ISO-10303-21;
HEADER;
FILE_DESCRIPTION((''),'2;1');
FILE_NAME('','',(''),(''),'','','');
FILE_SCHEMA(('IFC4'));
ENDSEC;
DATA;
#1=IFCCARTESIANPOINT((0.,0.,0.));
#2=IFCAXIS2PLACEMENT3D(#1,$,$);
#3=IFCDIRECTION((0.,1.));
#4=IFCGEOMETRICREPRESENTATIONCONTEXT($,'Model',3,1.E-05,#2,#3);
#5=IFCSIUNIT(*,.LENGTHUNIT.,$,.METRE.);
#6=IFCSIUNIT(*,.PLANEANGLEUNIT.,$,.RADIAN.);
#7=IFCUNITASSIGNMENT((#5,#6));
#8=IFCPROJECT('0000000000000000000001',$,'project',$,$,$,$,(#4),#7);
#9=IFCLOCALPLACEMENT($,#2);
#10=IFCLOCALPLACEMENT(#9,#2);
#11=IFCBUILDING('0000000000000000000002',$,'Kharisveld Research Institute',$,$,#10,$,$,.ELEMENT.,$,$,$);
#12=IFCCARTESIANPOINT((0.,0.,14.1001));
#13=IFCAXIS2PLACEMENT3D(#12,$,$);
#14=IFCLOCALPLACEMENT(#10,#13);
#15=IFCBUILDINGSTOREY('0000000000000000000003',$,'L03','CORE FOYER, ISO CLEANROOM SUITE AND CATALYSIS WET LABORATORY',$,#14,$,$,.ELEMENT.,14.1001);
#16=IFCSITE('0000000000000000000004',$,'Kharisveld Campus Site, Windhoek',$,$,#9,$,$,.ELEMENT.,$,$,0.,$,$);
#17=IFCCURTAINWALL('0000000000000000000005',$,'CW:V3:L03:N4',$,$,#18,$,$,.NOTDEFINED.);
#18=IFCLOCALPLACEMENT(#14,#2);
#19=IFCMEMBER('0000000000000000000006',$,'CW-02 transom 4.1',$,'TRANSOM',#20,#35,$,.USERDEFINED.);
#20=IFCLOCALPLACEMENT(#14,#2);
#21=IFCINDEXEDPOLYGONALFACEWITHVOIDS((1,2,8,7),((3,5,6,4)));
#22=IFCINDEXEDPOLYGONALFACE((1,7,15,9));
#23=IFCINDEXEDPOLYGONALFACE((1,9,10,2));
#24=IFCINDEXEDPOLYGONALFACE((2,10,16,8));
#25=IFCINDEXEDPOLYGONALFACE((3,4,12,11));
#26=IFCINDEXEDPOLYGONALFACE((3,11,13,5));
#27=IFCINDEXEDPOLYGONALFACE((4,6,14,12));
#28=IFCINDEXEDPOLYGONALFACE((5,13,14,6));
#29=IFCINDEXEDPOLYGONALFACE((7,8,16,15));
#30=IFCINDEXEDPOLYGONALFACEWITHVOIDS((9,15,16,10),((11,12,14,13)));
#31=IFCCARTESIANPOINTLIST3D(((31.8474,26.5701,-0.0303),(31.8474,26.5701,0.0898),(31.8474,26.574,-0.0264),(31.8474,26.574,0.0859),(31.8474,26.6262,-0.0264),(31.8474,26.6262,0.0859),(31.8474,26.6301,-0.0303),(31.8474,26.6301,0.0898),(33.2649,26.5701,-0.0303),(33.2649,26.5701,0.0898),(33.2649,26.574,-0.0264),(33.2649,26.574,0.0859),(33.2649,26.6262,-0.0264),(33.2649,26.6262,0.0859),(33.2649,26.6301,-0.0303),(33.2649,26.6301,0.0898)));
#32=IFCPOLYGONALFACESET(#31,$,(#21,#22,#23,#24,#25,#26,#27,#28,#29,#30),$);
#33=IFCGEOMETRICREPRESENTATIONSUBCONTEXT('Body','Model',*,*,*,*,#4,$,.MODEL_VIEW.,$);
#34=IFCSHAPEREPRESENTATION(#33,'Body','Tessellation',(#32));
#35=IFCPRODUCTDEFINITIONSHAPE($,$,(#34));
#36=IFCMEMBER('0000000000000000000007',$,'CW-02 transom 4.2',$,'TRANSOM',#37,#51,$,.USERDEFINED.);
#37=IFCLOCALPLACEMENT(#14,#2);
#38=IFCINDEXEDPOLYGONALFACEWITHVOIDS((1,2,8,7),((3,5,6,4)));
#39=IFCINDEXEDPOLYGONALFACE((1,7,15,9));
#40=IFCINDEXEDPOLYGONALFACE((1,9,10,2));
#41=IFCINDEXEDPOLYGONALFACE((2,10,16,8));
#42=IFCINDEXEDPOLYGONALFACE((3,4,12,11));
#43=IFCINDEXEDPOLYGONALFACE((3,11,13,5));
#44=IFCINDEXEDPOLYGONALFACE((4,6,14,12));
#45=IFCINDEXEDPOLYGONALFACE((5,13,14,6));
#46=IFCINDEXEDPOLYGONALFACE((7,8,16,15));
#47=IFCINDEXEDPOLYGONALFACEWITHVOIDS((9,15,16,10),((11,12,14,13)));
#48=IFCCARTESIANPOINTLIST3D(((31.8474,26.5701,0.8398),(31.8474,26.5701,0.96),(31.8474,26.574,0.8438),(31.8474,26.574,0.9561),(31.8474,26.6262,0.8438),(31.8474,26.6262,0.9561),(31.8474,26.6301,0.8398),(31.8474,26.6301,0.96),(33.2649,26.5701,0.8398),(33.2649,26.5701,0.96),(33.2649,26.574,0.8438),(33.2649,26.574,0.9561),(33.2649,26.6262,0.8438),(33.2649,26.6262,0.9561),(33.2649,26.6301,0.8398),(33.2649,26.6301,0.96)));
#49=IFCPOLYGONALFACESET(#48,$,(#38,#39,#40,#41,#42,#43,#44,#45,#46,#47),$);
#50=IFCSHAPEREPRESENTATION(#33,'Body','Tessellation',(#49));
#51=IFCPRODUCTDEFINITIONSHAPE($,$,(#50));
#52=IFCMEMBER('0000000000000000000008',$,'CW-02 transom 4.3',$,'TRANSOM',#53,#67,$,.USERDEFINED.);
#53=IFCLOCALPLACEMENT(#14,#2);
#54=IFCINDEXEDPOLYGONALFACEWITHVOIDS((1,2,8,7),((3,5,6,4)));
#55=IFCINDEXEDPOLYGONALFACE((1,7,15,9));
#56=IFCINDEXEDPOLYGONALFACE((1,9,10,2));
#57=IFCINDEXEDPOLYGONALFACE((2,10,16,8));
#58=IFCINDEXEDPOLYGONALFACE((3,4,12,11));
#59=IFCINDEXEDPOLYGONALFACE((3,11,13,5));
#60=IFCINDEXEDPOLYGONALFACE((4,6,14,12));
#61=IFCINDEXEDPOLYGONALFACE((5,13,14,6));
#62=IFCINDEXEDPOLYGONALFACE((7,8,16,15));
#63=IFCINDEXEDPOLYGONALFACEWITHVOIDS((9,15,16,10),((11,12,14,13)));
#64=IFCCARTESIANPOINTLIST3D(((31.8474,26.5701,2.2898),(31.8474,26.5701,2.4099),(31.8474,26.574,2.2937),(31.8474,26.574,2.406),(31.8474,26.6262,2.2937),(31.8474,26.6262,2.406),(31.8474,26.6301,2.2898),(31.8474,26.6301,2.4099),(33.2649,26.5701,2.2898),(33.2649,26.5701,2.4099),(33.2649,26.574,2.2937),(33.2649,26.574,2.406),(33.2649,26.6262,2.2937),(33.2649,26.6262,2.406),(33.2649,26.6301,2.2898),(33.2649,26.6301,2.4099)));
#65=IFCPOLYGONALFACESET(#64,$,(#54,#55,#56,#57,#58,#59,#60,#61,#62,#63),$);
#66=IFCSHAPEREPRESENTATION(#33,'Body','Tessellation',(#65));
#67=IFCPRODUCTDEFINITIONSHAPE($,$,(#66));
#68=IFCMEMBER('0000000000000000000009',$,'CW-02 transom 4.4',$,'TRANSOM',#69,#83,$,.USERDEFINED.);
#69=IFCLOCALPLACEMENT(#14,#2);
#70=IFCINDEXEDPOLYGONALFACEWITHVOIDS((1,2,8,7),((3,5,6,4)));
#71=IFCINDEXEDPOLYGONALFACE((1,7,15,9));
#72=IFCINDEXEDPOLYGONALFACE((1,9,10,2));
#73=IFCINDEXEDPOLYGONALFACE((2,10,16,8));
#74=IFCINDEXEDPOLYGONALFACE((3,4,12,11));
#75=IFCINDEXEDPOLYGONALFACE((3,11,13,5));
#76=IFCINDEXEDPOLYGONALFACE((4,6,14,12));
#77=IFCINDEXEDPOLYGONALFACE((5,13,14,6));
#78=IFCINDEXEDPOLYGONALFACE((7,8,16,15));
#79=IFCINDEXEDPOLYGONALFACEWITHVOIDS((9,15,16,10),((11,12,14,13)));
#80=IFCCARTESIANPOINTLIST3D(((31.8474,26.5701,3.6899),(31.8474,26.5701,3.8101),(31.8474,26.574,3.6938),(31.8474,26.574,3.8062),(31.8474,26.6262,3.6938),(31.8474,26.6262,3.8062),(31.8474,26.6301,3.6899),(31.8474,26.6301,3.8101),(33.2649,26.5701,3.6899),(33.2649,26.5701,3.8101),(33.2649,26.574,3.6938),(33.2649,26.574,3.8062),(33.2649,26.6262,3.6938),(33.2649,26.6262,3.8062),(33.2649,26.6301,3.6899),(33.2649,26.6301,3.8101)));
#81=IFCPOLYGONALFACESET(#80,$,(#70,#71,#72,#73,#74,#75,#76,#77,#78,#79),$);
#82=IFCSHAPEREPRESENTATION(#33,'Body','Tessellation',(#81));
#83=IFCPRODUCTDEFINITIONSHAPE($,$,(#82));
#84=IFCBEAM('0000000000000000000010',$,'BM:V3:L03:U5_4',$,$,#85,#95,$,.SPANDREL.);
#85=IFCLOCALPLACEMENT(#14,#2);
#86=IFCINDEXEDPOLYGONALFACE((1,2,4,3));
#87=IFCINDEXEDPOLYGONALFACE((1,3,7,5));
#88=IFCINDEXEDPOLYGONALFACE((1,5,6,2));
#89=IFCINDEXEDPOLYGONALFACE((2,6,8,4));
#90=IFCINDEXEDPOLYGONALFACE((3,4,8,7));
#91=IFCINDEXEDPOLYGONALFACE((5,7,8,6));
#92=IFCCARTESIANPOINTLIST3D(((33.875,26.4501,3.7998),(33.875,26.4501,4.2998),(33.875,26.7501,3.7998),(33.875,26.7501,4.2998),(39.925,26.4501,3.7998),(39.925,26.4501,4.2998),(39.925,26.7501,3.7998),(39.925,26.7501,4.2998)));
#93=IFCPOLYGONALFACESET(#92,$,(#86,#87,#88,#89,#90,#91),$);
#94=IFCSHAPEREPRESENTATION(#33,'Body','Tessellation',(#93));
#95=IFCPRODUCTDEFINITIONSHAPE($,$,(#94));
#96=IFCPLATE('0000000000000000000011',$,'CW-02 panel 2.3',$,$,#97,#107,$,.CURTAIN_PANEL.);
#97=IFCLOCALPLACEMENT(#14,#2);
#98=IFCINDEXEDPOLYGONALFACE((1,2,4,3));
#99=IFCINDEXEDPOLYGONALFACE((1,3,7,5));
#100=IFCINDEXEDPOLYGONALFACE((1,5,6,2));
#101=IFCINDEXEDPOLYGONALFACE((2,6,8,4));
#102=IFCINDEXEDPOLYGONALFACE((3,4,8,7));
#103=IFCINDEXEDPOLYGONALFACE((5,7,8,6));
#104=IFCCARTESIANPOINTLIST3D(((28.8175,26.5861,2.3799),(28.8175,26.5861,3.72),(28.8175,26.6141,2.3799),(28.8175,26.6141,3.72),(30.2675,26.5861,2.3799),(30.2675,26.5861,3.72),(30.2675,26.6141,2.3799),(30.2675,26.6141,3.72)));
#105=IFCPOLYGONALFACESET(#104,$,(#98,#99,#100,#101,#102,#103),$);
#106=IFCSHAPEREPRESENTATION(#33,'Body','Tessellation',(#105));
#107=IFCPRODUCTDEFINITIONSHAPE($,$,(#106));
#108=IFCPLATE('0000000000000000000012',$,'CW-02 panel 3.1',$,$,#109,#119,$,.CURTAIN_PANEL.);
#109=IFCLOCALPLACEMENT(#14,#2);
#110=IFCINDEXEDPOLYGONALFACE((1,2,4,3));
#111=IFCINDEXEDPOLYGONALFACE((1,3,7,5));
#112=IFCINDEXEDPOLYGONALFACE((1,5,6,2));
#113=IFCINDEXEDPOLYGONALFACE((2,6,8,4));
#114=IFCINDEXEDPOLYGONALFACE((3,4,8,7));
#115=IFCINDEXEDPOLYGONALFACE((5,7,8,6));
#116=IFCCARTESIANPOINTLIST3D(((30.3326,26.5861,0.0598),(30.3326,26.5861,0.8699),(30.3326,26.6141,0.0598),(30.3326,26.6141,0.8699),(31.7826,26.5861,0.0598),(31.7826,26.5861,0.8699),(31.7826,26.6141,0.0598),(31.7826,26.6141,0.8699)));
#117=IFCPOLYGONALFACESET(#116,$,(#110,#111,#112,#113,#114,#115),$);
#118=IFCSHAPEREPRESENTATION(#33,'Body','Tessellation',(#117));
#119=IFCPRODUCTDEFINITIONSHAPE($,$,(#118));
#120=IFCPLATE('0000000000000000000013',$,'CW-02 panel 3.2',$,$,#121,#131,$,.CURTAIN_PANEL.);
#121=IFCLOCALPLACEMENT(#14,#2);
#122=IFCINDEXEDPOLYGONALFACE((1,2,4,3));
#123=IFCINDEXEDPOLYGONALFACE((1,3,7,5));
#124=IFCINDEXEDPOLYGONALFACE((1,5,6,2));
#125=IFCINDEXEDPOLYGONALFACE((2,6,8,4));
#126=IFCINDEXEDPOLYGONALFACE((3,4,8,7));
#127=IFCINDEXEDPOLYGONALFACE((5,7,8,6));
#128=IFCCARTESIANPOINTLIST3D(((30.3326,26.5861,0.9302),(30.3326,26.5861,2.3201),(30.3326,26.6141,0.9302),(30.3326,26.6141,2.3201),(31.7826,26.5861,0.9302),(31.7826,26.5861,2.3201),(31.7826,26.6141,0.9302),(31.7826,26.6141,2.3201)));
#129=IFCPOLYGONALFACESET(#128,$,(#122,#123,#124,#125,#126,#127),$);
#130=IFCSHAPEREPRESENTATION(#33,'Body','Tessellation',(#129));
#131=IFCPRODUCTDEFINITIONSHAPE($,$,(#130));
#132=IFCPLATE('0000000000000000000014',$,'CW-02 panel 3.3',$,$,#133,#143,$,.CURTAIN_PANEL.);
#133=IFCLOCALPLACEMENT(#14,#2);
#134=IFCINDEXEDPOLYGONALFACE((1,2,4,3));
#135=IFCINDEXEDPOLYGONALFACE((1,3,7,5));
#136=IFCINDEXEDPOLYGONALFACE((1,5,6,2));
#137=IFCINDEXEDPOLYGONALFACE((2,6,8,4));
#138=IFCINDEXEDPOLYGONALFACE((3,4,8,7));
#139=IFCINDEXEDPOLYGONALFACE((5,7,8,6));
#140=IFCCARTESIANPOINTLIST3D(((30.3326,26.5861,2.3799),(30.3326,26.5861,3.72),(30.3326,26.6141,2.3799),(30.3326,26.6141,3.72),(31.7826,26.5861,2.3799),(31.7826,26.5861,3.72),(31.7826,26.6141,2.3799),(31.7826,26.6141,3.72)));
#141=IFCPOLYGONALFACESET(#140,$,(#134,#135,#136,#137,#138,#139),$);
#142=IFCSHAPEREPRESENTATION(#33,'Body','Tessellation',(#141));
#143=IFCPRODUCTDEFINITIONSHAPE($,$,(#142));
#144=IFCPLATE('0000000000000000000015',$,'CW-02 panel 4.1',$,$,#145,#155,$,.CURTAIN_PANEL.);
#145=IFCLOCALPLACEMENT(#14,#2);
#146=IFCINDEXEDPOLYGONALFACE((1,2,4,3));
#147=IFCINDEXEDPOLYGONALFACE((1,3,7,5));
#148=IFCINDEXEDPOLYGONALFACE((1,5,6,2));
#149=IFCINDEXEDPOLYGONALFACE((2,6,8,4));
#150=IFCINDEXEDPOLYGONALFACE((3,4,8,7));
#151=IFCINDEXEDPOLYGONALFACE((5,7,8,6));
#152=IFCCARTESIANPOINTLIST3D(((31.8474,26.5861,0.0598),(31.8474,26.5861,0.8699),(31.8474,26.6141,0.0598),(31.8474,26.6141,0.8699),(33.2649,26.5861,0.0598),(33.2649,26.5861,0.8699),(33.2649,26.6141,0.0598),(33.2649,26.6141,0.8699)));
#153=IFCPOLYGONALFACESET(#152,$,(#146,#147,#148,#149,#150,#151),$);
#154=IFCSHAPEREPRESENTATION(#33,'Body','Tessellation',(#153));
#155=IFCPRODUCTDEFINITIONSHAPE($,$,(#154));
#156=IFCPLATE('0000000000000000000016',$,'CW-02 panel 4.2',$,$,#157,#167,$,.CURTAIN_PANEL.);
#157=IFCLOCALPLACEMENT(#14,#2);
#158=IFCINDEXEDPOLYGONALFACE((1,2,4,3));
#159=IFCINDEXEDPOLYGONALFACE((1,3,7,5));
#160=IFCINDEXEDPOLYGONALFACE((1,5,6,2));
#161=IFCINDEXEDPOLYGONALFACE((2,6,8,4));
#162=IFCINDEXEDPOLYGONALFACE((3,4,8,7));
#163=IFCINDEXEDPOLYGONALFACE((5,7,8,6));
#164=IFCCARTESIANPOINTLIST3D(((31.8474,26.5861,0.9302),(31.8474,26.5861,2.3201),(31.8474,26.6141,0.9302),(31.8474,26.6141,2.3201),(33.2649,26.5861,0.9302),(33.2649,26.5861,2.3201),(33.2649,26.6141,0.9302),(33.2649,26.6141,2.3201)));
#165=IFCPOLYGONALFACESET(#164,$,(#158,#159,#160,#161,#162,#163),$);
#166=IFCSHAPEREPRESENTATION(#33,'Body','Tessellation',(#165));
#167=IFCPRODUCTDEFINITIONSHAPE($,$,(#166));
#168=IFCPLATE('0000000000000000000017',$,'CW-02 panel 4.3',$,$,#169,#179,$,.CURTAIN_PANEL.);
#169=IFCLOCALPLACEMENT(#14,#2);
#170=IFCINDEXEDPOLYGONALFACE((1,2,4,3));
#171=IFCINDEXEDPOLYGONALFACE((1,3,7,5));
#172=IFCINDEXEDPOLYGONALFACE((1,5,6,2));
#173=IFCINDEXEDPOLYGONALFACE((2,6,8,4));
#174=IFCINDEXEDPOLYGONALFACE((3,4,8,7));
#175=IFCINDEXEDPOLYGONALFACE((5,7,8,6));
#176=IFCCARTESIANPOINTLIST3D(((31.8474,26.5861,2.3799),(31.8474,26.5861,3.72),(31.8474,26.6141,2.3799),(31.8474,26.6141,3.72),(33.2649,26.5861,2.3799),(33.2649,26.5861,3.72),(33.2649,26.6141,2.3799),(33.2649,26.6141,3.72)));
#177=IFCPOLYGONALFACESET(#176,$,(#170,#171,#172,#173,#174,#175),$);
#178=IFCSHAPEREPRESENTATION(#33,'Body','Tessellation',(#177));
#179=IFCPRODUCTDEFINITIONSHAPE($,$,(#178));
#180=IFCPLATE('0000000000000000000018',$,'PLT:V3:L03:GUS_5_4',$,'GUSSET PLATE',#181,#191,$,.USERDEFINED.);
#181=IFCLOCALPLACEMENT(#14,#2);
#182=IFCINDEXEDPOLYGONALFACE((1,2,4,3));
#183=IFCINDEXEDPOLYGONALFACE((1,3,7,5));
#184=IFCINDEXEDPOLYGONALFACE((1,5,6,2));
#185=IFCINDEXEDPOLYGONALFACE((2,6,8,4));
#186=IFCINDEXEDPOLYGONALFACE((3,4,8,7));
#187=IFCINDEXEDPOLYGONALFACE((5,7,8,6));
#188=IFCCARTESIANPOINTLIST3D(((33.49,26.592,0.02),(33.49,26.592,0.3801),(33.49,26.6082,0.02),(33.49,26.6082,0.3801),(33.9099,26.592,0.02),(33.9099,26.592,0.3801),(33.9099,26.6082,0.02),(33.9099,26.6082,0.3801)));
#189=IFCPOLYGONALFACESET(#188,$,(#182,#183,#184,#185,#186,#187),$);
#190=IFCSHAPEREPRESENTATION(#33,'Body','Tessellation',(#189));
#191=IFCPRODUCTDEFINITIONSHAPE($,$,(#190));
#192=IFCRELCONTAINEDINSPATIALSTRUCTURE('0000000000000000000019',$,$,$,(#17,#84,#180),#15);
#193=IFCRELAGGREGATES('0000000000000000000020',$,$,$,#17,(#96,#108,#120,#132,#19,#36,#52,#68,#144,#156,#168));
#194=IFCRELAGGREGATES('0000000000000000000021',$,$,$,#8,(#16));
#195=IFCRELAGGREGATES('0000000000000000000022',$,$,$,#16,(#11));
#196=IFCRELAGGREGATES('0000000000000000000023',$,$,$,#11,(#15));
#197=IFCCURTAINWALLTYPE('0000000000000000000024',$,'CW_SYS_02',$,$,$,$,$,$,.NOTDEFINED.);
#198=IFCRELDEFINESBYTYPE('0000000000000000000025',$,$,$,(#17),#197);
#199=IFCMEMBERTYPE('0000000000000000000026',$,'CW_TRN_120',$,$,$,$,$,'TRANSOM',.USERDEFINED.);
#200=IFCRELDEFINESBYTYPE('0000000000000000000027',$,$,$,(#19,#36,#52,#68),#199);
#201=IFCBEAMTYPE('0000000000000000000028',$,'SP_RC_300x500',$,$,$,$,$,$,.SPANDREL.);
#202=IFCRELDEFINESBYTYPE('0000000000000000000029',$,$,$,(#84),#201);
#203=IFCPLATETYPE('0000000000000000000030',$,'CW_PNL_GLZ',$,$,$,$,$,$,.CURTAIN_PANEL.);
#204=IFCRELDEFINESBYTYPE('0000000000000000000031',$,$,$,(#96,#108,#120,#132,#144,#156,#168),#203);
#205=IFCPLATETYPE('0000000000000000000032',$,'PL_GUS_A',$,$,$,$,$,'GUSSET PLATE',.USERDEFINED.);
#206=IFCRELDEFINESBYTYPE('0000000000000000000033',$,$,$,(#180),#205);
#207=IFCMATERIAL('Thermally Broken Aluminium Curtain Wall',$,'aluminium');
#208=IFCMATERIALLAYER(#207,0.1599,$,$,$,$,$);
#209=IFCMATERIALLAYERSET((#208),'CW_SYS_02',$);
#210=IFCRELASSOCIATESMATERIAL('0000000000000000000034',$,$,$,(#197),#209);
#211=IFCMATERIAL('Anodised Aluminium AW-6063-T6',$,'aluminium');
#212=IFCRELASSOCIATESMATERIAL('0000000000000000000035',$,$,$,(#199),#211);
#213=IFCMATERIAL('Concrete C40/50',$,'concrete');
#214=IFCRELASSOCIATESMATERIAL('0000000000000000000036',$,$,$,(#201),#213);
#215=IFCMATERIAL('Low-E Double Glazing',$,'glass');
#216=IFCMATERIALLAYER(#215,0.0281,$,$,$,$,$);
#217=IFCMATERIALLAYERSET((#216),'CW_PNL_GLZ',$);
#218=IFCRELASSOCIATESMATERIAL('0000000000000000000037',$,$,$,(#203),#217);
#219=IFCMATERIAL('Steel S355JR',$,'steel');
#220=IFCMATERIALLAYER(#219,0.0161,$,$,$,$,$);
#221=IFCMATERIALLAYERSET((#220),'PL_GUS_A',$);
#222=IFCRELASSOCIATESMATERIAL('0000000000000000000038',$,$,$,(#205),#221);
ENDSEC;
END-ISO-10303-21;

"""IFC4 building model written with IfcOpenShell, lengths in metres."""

from ifc_helpers import new_model, si_unit, direction, frame, origin, origin_2d, place, context, subcontext, project, spatial, rectangle, hollow_rectangle, extrude, material, layer, layer_set, material_profile, profile_set, type_object, element, aggregate, save


model = new_model("IFC4")

# Units and contexts
model_context = context("Model", 3, precision=1e-05, world=origin(), true_north=direction((0.0, 1.0)))
body_context = subcontext(model_context, "Body", "Model", "MODEL_VIEW")
ifc_project = project(units=[si_unit("LENGTHUNIT", "METRE"), si_unit("PLANEANGLEUNIT", "RADIAN")], contexts=[model_context])

# Site, building, storey
site_placement = place(None, origin())
site = spatial("IfcSite", under=ifc_project, at=site_placement, Name="Kharisveld Campus Site, Windhoek", CompositionType="ELEMENT", RefElevation=0.0)
building_placement = place(site_placement, origin())
building = spatial("IfcBuilding", under=site, at=building_placement, Name="Kharisveld Research Institute", CompositionType="ELEMENT")
storey_placement = place(building_placement, frame((0.0, 0.0, 14.1001)))
storey = spatial("IfcBuildingStorey", under=building, at=storey_placement, Name="L03", Description="CORE FOYER, ISO CLEANROOM SUITE AND CATALYSIS WET LABORATORY", CompositionType="ELEMENT", Elevation=14.1001)

# Curtain wall, members
ifc_material_1 = material(Name="Thermally Broken Aluminium Curtain Wall", Category="aluminium")
ifc_layer_1 = layer(ifc_material_1, 0.1599)
ifc_layer_set_1 = layer_set([ifc_layer_1], Name="CW_SYS_02")
curtain_wall_type = type_object("IfcCurtainWallType", Name="CW_SYS_02", PredefinedType="NOTDEFINED", material=ifc_layer_set_1)
curtain_wall_placement = place(storey_placement, origin())
curtain_wall = element("IfcCurtainWall", 1, at=curtain_wall_placement, inside=storey, type_object=curtain_wall_type, Name="CW:V3:L03:N4", PredefinedType="NOTDEFINED")
ifc_material_2 = material(Name="Anodised Aluminium AW-6063-T6", Category="aluminium")
ifc_material_profile_1 = material_profile(ifc_material_2, hollow_rectangle(XDim=0.0601, YDim=0.1201, WallThickness=0.0039, at=origin_2d()))
ifc_profile_set_1 = profile_set([ifc_material_profile_1], Name="Anodised Aluminium AW-6063-T6")
member_type_1 = type_object("IfcMemberType", Name="CW_TRN_120", ElementType="TRANSOM", PredefinedType="USERDEFINED", material=ifc_profile_set_1)
member_1_placement = place(storey_placement, frame((31.8474, 26.6001, 0.0298), z_axis=(1.0, 0.0, 0.0), x_axis=(0.0, 1.0, 0.0)))
member_1 = element("IfcMember", 2, at=member_1_placement, type_object=member_type_1, Name="CW-02 transom 4.1", ObjectType="TRANSOM", PredefinedType="USERDEFINED", context=body_context, shape_type="SweptSolid", body=[
    extrude(hollow_rectangle(XDim=0.0601, YDim=0.1201, WallThickness=0.0039, at=origin_2d()), origin(), (0.0, 0.0, 1.0), 1.4175),
])
member_2_placement = place(storey_placement, frame((31.8474, 26.6001, 0.8999), z_axis=(1.0, 0.0, 0.0), x_axis=(0.0, 1.0, 0.0)))
member_2 = element("IfcMember", 3, at=member_2_placement, type_object=member_type_1, Name="CW-02 transom 4.2", ObjectType="TRANSOM", PredefinedType="USERDEFINED", context=body_context, shape_type="SweptSolid", body=[
    extrude(hollow_rectangle(XDim=0.0601, YDim=0.1201, WallThickness=0.0039, at=origin_2d()), origin(), (0.0, 0.0, 1.0), 1.4175),
])
member_3_placement = place(storey_placement, frame((31.8474, 26.6001, 2.3499), z_axis=(1.0, 0.0, 0.0), x_axis=(0.0, 1.0, 0.0)))
member_3 = element("IfcMember", 4, at=member_3_placement, type_object=member_type_1, Name="CW-02 transom 4.3", ObjectType="TRANSOM", PredefinedType="USERDEFINED", context=body_context, shape_type="SweptSolid", body=[
    extrude(hollow_rectangle(XDim=0.0601, YDim=0.1201, WallThickness=0.0039, at=origin_2d()), origin(), (0.0, 0.0, 1.0), 1.4175),
])
member_4_placement = place(storey_placement, frame((31.8474, 26.6001, 3.75), z_axis=(1.0, 0.0, 0.0), x_axis=(0.0, 1.0, 0.0)))
member_4 = element("IfcMember", 5, at=member_4_placement, type_object=member_type_1, Name="CW-02 transom 4.4", ObjectType="TRANSOM", PredefinedType="USERDEFINED", context=body_context, shape_type="SweptSolid", body=[
    extrude(hollow_rectangle(XDim=0.0601, YDim=0.1201, WallThickness=0.0039, at=origin_2d()), origin(), (0.0, 0.0, 1.0), 1.4175),
])

# Beam
ifc_material_3 = material(Name="Concrete C40/50", Category="concrete")
ifc_material_profile_2 = material_profile(ifc_material_3, rectangle(XDim=0.3, YDim=0.5, at=origin_2d()))
ifc_profile_set_2 = profile_set([ifc_material_profile_2], Name="Concrete C40/50")
beam_type = type_object("IfcBeamType", Name="SP_RC_300x500", PredefinedType="SPANDREL", material=ifc_profile_set_2)
beam_placement = place(storey_placement, frame((33.875, 26.6001, 4.0498), z_axis=(1.0, 0.0, 0.0), x_axis=(0.0, 1.0, 0.0)))
element("IfcBeam", 6, at=beam_placement, inside=storey, type_object=beam_type, Name="BM:V3:L03:U5_4", PredefinedType="SPANDREL", context=body_context, shape_type="SweptSolid", body=[
    extrude(rectangle(XDim=0.3, YDim=0.5, at=origin_2d()), origin(), (0.0, 0.0, 1.0), 6.05),
])

# Plates
ifc_material_4 = material(Name="Low-E Double Glazing", Category="glass")
ifc_layer_2 = layer(ifc_material_4, 0.0281)
ifc_layer_set_2 = layer_set([ifc_layer_2], Name="CW_PNL_GLZ")
plate_type_1 = type_object("IfcPlateType", Name="CW_PNL_GLZ", PredefinedType="CURTAIN_PANEL", material=ifc_layer_set_2)
plate_1_placement = place(storey_placement, frame((29.5425, 26.6001, 2.3799), z_axis=(0.0, 0.0, 1.0), x_axis=(1.0, 0.0, 0.0)))
plate_1 = element("IfcPlate", 7, at=plate_1_placement, type_object=plate_type_1, Name="CW-02 panel 2.3", PredefinedType="CURTAIN_PANEL", context=body_context, shape_type="SweptSolid", body=[
    extrude(rectangle(XDim=1.45, YDim=0.0281, at=origin_2d()), origin(), (0.0, 0.0, 1.0), 1.3401),
])
plate_2_placement = place(storey_placement, frame((31.0576, 26.6001, 0.0598), z_axis=(0.0, 0.0, 1.0), x_axis=(1.0, 0.0, 0.0)))
plate_2 = element("IfcPlate", 8, at=plate_2_placement, type_object=plate_type_1, Name="CW-02 panel 3.1", PredefinedType="CURTAIN_PANEL", context=body_context, shape_type="SweptSolid", body=[
    extrude(rectangle(XDim=1.45, YDim=0.0281, at=origin_2d()), origin(), (0.0, 0.0, 1.0), 0.8101),
])
plate_3_placement = place(storey_placement, frame((31.0576, 26.6001, 0.9302), z_axis=(0.0, 0.0, 1.0), x_axis=(1.0, 0.0, 0.0)))
plate_3 = element("IfcPlate", 9, at=plate_3_placement, type_object=plate_type_1, Name="CW-02 panel 3.2", PredefinedType="CURTAIN_PANEL", context=body_context, shape_type="SweptSolid", body=[
    extrude(rectangle(XDim=1.45, YDim=0.0281, at=origin_2d()), origin(), (0.0, 0.0, 1.0), 1.3899),
])
plate_4_placement = place(storey_placement, frame((31.0576, 26.6001, 2.3799), z_axis=(0.0, 0.0, 1.0), x_axis=(1.0, 0.0, 0.0)))
plate_4 = element("IfcPlate", 10, at=plate_4_placement, type_object=plate_type_1, Name="CW-02 panel 3.3", PredefinedType="CURTAIN_PANEL", context=body_context, shape_type="SweptSolid", body=[
    extrude(rectangle(XDim=1.45, YDim=0.0281, at=origin_2d()), origin(), (0.0, 0.0, 1.0), 1.3401),
])
plate_5_placement = place(storey_placement, frame((32.5562, 26.6001, 0.0598), z_axis=(0.0, 0.0, 1.0), x_axis=(1.0, 0.0, 0.0)))
plate_5 = element("IfcPlate", 11, at=plate_5_placement, type_object=plate_type_1, Name="CW-02 panel 4.1", PredefinedType="CURTAIN_PANEL", context=body_context, shape_type="SweptSolid", body=[
    extrude(rectangle(XDim=1.4175, YDim=0.0281, at=origin_2d()), origin(), (0.0, 0.0, 1.0), 0.8101),
])
plate_6_placement = place(storey_placement, frame((32.5562, 26.6001, 0.9302), z_axis=(0.0, 0.0, 1.0), x_axis=(1.0, 0.0, 0.0)))
plate_6 = element("IfcPlate", 12, at=plate_6_placement, type_object=plate_type_1, Name="CW-02 panel 4.2", PredefinedType="CURTAIN_PANEL", context=body_context, shape_type="SweptSolid", body=[
    extrude(rectangle(XDim=1.4175, YDim=0.0281, at=origin_2d()), origin(), (0.0, 0.0, 1.0), 1.3899),
])
plate_7_placement = place(storey_placement, frame((32.5562, 26.6001, 2.3799), z_axis=(0.0, 0.0, 1.0), x_axis=(1.0, 0.0, 0.0)))
plate_7 = element("IfcPlate", 13, at=plate_7_placement, type_object=plate_type_1, Name="CW-02 panel 4.3", PredefinedType="CURTAIN_PANEL", context=body_context, shape_type="SweptSolid", body=[
    extrude(rectangle(XDim=1.4175, YDim=0.0281, at=origin_2d()), origin(), (0.0, 0.0, 1.0), 1.3401),
])
aggregate(curtain_wall, [plate_1, plate_2, plate_3, plate_4, member_1, member_2, member_3, member_4, plate_5, plate_6, plate_7])
ifc_material_5 = material(Name="Steel S355JR", Category="steel")
ifc_layer_3 = layer(ifc_material_5, 0.0161)
ifc_layer_set_3 = layer_set([ifc_layer_3], Name="PL_GUS_A")
plate_type_2 = type_object("IfcPlateType", Name="PL_GUS_A", ElementType="GUSSET PLATE", PredefinedType="USERDEFINED", material=ifc_layer_set_3)
plate_8_placement = place(storey_placement, frame((33.7, 26.6001, 0.02), z_axis=(0.0, 0.0, 1.0), x_axis=(1.0, 0.0, 0.0)))
element("IfcPlate", 14, at=plate_8_placement, inside=storey, type_object=plate_type_2, Name="PLT:V3:L03:GUS_5_4", ObjectType="GUSSET PLATE", PredefinedType="USERDEFINED", context=body_context, shape_type="SweptSolid", body=[
    extrude(rectangle(XDim=0.4199, YDim=0.0161, at=origin_2d()), origin(), (0.0, 0.0, 1.0), 0.3601),
])

save(model, "model.ifc")
